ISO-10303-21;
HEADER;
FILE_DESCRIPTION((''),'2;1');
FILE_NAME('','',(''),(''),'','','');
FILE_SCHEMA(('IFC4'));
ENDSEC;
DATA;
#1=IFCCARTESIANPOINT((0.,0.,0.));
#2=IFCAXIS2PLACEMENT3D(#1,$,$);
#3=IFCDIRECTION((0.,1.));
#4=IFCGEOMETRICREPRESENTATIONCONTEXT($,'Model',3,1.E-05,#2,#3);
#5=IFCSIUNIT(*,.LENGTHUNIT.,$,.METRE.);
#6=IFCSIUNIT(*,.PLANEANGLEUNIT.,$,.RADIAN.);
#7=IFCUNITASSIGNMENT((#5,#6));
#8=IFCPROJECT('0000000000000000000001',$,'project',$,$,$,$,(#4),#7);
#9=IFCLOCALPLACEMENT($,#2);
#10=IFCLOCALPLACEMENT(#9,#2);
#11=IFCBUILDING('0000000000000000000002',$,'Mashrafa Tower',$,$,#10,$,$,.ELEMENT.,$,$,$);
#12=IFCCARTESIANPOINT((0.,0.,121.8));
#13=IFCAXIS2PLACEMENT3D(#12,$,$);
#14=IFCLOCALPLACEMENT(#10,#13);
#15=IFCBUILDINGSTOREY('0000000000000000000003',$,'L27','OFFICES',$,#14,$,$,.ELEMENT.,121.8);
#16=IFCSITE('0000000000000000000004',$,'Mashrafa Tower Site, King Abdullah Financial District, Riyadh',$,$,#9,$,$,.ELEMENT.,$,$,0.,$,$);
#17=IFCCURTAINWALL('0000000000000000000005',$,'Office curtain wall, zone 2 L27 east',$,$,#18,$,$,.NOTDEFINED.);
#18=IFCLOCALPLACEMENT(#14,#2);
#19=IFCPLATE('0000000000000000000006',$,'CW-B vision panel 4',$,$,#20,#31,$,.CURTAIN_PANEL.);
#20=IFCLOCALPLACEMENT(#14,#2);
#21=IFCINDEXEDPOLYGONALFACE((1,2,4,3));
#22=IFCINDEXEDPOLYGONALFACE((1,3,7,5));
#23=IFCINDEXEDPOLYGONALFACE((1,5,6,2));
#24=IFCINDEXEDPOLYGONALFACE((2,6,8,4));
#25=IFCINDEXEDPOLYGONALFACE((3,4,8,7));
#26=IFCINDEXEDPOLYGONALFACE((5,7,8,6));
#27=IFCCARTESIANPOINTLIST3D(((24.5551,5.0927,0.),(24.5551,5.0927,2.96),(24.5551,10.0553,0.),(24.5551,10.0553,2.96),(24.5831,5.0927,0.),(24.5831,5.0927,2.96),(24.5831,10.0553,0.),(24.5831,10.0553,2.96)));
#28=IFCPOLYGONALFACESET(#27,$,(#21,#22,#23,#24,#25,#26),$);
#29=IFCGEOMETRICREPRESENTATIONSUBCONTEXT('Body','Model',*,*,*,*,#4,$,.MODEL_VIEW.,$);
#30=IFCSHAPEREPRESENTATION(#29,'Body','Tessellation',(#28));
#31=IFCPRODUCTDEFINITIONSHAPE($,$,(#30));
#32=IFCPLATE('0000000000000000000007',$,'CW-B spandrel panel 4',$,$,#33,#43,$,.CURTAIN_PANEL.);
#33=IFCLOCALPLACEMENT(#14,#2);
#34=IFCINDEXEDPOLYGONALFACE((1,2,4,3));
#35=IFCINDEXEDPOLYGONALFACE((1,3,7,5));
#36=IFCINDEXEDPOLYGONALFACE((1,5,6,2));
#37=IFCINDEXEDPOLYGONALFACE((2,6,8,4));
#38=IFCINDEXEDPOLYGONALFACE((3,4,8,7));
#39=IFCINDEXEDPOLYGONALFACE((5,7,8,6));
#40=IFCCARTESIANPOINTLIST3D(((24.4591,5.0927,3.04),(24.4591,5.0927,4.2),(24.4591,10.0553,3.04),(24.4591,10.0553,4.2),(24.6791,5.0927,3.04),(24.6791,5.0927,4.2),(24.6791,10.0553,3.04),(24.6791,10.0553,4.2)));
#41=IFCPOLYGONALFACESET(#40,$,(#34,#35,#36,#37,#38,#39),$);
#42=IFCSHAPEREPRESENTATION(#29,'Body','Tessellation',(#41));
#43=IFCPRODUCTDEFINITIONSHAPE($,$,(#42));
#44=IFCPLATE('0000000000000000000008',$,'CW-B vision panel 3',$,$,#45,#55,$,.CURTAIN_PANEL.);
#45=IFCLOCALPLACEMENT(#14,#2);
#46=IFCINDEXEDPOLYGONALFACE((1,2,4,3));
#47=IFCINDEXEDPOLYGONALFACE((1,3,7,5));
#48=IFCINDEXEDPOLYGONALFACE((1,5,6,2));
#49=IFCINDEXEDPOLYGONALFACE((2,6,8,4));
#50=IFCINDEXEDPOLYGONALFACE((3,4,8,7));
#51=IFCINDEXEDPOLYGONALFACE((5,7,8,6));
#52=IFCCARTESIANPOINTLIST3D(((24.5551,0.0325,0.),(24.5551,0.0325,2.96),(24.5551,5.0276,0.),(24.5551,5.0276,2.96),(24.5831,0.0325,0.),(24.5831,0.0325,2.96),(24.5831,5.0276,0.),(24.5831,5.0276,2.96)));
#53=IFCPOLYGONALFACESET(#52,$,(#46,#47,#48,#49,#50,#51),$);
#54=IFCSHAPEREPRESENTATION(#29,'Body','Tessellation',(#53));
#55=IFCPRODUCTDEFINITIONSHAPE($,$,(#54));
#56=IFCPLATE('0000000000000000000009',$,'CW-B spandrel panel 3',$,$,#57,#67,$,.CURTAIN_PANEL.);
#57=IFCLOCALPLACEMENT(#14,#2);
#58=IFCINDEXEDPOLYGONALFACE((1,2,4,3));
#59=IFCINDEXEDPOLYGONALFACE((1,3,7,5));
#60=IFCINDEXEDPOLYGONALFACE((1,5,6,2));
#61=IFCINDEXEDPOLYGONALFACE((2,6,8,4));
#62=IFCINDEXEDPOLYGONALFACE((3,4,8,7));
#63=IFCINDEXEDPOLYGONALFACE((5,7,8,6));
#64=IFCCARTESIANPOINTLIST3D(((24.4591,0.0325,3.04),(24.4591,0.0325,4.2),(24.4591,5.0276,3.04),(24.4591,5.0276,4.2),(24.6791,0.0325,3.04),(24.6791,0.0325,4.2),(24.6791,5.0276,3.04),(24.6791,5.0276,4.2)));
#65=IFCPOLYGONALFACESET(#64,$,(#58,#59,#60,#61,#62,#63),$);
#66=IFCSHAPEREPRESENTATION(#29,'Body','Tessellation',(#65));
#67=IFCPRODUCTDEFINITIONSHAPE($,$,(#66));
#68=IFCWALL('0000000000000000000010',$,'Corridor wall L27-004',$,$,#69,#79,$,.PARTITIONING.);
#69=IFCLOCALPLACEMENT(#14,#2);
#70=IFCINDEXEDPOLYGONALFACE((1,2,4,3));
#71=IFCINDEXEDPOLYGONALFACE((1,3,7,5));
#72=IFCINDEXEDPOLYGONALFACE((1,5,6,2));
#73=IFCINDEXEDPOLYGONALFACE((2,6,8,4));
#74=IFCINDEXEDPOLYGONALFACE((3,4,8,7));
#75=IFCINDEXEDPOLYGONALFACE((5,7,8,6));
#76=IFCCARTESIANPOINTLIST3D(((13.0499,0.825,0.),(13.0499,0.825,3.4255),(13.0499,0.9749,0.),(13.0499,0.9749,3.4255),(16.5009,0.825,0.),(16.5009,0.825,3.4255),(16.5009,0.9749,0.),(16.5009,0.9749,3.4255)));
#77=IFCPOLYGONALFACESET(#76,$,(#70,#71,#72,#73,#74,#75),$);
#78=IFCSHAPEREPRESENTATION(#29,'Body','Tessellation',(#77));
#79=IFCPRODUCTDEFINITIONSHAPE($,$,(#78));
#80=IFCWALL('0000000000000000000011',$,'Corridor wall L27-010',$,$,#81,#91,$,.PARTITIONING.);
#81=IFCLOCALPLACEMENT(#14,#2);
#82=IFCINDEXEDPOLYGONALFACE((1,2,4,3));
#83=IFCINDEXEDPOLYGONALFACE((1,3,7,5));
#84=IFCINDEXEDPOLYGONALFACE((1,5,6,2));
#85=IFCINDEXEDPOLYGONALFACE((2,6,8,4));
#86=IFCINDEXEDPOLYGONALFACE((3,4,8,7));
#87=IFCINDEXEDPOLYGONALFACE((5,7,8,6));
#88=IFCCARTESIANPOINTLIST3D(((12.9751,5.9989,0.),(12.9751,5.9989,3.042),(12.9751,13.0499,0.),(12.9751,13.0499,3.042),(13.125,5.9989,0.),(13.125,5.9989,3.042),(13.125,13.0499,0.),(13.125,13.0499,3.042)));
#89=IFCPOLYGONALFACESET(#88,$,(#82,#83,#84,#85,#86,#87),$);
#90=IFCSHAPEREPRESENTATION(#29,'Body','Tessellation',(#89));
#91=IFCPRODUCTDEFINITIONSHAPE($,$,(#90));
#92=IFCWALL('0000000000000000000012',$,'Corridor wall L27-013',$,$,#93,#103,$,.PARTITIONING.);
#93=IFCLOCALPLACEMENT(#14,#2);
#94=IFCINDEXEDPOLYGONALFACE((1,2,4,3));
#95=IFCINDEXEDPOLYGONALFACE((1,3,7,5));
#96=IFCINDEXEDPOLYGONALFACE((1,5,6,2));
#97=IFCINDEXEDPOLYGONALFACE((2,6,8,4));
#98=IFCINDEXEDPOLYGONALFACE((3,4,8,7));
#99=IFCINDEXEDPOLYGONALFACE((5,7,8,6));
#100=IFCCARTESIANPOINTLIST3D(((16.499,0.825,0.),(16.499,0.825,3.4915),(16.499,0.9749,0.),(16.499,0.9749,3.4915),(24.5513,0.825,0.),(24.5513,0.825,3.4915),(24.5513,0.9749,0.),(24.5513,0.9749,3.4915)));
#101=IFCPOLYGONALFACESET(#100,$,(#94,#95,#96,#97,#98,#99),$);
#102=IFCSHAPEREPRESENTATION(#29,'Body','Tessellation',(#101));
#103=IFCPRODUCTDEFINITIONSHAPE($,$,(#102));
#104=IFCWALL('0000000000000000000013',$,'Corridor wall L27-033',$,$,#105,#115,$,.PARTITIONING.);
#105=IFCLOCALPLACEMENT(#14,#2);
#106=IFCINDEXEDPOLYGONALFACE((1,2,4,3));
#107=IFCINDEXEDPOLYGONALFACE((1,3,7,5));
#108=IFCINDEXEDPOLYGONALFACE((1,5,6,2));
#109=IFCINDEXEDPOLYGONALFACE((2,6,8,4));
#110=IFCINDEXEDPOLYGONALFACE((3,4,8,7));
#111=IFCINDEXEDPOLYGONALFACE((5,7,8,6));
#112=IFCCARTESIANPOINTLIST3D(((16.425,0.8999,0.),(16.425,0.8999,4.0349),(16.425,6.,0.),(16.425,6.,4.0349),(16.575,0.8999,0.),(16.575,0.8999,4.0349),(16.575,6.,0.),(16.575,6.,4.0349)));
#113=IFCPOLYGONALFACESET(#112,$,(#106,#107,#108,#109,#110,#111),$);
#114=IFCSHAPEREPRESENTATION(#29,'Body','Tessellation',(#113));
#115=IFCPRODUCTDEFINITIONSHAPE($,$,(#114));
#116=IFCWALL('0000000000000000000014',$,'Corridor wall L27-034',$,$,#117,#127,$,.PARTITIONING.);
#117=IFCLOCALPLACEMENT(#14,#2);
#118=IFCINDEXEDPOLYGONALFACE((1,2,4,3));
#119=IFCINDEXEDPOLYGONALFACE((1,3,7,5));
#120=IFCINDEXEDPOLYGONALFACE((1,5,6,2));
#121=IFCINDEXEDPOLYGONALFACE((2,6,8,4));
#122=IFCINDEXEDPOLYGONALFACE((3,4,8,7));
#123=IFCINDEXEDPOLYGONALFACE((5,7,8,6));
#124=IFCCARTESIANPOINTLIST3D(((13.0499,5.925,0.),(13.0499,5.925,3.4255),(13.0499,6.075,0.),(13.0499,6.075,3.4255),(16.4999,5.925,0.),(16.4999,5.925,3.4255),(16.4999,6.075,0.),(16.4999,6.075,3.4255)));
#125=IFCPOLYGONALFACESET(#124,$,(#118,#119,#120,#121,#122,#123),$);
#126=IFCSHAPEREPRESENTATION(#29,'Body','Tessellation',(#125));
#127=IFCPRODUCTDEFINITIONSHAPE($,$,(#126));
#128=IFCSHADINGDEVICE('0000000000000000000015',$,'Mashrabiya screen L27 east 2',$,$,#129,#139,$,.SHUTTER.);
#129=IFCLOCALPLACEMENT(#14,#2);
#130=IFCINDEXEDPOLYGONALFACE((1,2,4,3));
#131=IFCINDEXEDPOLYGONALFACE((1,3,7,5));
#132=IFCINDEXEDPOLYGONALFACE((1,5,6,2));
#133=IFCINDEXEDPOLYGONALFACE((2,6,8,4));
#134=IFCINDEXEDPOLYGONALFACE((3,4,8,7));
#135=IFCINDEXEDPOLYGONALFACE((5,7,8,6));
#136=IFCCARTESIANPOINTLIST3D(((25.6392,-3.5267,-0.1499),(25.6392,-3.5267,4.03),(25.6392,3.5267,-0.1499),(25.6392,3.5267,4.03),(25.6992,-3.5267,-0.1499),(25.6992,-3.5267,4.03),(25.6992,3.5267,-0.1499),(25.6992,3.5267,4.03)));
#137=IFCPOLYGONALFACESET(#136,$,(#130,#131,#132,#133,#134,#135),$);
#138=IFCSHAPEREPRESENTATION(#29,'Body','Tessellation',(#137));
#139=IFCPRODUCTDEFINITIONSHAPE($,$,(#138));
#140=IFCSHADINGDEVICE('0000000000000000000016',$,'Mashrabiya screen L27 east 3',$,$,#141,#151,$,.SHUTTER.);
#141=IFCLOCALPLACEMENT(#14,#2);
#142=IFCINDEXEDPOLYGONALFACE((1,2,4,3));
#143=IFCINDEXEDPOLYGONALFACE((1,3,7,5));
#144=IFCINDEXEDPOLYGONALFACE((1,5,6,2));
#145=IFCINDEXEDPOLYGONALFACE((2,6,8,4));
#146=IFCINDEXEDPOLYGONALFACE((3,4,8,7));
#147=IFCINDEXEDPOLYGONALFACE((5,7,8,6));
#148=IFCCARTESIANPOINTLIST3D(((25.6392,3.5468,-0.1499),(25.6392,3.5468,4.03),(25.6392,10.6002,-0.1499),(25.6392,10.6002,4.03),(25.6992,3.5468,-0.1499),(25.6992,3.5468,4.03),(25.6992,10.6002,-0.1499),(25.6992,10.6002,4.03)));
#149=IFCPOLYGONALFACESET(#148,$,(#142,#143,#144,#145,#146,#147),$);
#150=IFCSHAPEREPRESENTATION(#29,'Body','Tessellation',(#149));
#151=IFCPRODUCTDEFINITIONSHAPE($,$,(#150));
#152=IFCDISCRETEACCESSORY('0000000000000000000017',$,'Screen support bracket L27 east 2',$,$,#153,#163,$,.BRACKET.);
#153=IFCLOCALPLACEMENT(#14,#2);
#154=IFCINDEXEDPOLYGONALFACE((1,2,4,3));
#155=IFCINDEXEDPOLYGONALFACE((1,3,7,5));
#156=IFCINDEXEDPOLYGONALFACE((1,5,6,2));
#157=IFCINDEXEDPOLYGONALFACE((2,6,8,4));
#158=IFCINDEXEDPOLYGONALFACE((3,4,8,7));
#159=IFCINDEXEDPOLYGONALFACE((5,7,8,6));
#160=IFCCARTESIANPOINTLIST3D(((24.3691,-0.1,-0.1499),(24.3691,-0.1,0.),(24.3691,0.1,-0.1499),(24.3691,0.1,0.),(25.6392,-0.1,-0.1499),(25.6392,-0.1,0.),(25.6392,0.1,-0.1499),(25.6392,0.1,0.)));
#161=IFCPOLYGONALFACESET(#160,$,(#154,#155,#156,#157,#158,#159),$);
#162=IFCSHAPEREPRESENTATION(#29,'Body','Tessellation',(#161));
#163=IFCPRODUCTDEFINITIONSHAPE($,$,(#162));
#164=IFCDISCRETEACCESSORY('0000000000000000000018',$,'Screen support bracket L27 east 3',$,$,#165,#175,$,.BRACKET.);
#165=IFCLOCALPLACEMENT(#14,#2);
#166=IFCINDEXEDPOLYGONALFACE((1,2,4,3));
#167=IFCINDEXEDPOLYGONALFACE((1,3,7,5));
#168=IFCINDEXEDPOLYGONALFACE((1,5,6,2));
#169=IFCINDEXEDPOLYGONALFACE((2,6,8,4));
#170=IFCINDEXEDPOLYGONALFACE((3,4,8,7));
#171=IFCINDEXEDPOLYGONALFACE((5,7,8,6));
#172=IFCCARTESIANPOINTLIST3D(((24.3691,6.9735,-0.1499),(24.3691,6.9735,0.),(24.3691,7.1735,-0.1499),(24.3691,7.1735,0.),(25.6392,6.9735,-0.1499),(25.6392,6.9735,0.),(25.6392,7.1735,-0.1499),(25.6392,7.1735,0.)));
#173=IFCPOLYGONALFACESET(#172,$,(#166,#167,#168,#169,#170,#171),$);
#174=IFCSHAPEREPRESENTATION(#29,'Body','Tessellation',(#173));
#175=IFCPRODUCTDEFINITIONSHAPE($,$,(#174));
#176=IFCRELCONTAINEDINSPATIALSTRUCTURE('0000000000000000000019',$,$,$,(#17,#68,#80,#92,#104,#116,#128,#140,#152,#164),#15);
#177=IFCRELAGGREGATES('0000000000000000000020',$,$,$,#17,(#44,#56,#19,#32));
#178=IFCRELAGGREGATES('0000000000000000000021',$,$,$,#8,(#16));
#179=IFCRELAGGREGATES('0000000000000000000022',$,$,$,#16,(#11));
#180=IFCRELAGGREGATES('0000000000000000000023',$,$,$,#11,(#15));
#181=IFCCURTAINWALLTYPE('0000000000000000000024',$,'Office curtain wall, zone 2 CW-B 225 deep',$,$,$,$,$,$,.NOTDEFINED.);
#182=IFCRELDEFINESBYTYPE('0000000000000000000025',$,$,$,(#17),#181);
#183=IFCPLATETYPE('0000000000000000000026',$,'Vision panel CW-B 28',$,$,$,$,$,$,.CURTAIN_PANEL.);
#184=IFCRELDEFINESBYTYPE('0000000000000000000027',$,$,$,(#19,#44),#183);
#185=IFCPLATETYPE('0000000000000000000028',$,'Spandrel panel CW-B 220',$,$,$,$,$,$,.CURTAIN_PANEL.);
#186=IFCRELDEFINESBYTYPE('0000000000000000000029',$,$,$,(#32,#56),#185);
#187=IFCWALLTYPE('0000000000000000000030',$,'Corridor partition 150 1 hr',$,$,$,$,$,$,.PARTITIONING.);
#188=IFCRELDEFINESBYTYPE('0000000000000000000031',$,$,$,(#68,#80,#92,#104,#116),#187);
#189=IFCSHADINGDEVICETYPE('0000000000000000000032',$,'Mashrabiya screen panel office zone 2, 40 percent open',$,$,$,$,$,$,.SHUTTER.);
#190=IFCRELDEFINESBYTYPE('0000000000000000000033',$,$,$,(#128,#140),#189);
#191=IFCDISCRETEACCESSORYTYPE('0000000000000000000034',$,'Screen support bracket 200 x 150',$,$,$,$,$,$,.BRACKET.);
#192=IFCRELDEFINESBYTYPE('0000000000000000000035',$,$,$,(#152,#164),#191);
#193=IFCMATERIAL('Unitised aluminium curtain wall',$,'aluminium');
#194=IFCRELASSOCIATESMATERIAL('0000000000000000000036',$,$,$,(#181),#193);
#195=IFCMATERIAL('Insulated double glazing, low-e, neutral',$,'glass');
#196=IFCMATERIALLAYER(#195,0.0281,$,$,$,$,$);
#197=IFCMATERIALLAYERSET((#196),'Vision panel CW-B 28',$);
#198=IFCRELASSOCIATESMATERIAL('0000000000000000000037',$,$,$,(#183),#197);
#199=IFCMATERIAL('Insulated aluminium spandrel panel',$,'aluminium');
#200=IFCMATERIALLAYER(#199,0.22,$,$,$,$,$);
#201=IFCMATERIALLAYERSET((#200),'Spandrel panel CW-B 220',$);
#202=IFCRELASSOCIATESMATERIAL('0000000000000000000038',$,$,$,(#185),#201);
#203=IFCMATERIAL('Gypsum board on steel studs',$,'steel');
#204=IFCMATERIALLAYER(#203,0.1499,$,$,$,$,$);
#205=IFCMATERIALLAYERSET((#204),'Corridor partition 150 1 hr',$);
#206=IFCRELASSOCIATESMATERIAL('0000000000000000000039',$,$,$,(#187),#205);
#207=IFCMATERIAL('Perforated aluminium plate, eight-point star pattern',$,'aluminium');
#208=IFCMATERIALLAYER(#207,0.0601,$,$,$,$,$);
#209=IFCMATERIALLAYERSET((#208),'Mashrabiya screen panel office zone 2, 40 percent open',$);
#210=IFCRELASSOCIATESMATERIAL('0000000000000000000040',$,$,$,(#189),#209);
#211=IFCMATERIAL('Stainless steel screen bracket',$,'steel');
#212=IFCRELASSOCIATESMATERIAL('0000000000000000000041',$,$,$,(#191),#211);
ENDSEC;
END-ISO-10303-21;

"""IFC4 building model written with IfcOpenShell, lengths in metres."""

from ifc_helpers import new_model, si_unit, direction, frame, frame_2d, origin, origin_2d, place, context, subcontext, project, spatial, rectangle, extrude, source, transform, mapped, material, layer, layer_set, type_object, type_shapes, element, aggregate, save


model = new_model("IFC4")

# Units and contexts
model_context = context("Model", 3, precision=1e-05, world=origin(), true_north=direction((0.0, 1.0)))
body_context = subcontext(model_context, "Body", "Model", "MODEL_VIEW")
ifc_project = project(units=[si_unit("LENGTHUNIT", "METRE"), si_unit("PLANEANGLEUNIT", "RADIAN")], contexts=[model_context])

# Site, building, storey
site_placement = place(None, origin())
site = spatial("IfcSite", under=ifc_project, at=site_placement, Name="Mashrafa Tower Site, King Abdullah Financial District, Riyadh", CompositionType="ELEMENT", RefElevation=0.0)
building_placement = place(site_placement, origin())
building = spatial("IfcBuilding", under=site, at=building_placement, Name="Mashrafa Tower", CompositionType="ELEMENT")
storey_placement = place(building_placement, frame((0.0, 0.0, 121.8)))
storey = spatial("IfcBuildingStorey", under=building, at=storey_placement, Name="L27", Description="OFFICES", CompositionType="ELEMENT", Elevation=121.8)

# Curtain wall
ifc_material_1 = material(Name="Unitised aluminium curtain wall", Category="aluminium")
curtain_wall_type = type_object("IfcCurtainWallType", Name="Office curtain wall, zone 2 CW-B 225 deep", PredefinedType="NOTDEFINED", material=ifc_material_1)
curtain_wall_1_placement = place(storey_placement, origin())
curtain_wall_1 = element("IfcCurtainWall", 1, at=curtain_wall_1_placement, inside=storey, type_object=curtain_wall_type, Name="Office curtain wall, zone 2 L27 east", PredefinedType="NOTDEFINED")

# Plates
ifc_material_2 = material(Name="Insulated double glazing, low-e, neutral", Category="glass")
ifc_layer_1 = layer(ifc_material_2, 0.0281)
ifc_layer_set_1 = layer_set([ifc_layer_1], Name="Vision panel CW-B 28")
plate_type_1 = type_object("IfcPlateType", Name="Vision panel CW-B 28", PredefinedType="CURTAIN_PANEL", material=ifc_layer_set_1)
shared_shape_1 = source(origin(), body_context, "Body", "SweptSolid", [
    extrude(rectangle(XDim=4.9626, YDim=0.0281, at=origin_2d()), origin(), (0.0, 0.0, 1.0), 2.96),
])
plate_1_placement = place(storey_placement, frame((24.5691, 7.574, 0.0), z_axis=(0.0, 0.0, 1.0), x_axis=(0.0, 1.0, 0.0)))
plate_1 = element("IfcPlate", 2, at=plate_1_placement, type_object=plate_type_1, Name="CW-B vision panel 4", PredefinedType="CURTAIN_PANEL", context=body_context, shape_type="MappedRepresentation", body=[
    mapped(shared_shape_1, transform((0.0, 0.0, 0.0))),
])
ifc_material_3 = material(Name="Insulated aluminium spandrel panel", Category="aluminium")
ifc_layer_2 = layer(ifc_material_3, 0.22)
ifc_layer_set_2 = layer_set([ifc_layer_2], Name="Spandrel panel CW-B 220")
plate_type_2 = type_object("IfcPlateType", Name="Spandrel panel CW-B 220", PredefinedType="CURTAIN_PANEL", material=ifc_layer_set_2)
shared_shape_2 = source(origin(), body_context, "Body", "SweptSolid", [
    extrude(rectangle(XDim=4.9626, YDim=0.22, at=origin_2d()), origin(), (0.0, 0.0, 1.0), 1.1599),
])
plate_2_placement = place(storey_placement, frame((24.5691, 7.574, 3.04), z_axis=(0.0, 0.0, 1.0), x_axis=(0.0, 1.0, 0.0)))
plate_2 = element("IfcPlate", 3, at=plate_2_placement, type_object=plate_type_2, Name="CW-B spandrel panel 4", PredefinedType="CURTAIN_PANEL", context=body_context, shape_type="MappedRepresentation", body=[
    mapped(shared_shape_2, transform((0.0, 0.0, 0.0))),
])
shared_shape_3 = source(origin(), body_context, "Body", "SweptSolid", [
    extrude(rectangle(XDim=4.9951, YDim=0.0281, at=origin_2d()), origin(), (0.0, 0.0, 1.0), 2.96),
])
type_shapes(plate_type_1, [shared_shape_1, shared_shape_3])
plate_3_placement = place(storey_placement, frame((24.5691, 2.53, 0.0), z_axis=(0.0, 0.0, 1.0), x_axis=(0.0, 1.0, 0.0)))
plate_3 = element("IfcPlate", 4, at=plate_3_placement, type_object=plate_type_1, Name="CW-B vision panel 3", PredefinedType="CURTAIN_PANEL", context=body_context, shape_type="MappedRepresentation", body=[
    mapped(shared_shape_3, transform((0.0, 0.0, 0.0))),
])
shared_shape_4 = source(origin(), body_context, "Body", "SweptSolid", [
    extrude(rectangle(XDim=4.9951, YDim=0.22, at=origin_2d()), origin(), (0.0, 0.0, 1.0), 1.1599),
])
type_shapes(plate_type_2, [shared_shape_2, shared_shape_4])
plate_4_placement = place(storey_placement, frame((24.5691, 2.53, 3.04), z_axis=(0.0, 0.0, 1.0), x_axis=(0.0, 1.0, 0.0)))
plate_4 = element("IfcPlate", 5, at=plate_4_placement, type_object=plate_type_2, Name="CW-B spandrel panel 3", PredefinedType="CURTAIN_PANEL", context=body_context, shape_type="MappedRepresentation", body=[
    mapped(shared_shape_4, transform((0.0, 0.0, 0.0))),
])
aggregate(curtain_wall_1, [plate_3, plate_4, plate_1, plate_2])

# Wall
ifc_material_4 = material(Name="Gypsum board on steel studs", Category="steel")
ifc_layer_3 = layer(ifc_material_4, 0.1499)
ifc_layer_set_3 = layer_set([ifc_layer_3], Name="Corridor partition 150 1 hr")
wall_type = type_object("IfcWallType", Name="Corridor partition 150 1 hr", PredefinedType="PARTITIONING", material=ifc_layer_set_3)
wall_1_placement = place(storey_placement, frame((16.501, 0.8999, 0.0), z_axis=(0.0, 0.0, 1.0), x_axis=(-1.0, 0.0, 0.0)))
element("IfcWall", 6, at=wall_1_placement, inside=storey, type_object=wall_type, Name="Corridor wall L27-004", PredefinedType="PARTITIONING", context=body_context, shape_type="SweptSolid", body=[
    extrude(rectangle(XDim=3.4509, YDim=0.1499, at=frame_2d((1.7256, 0.0))), origin(), (0.0, 0.0, 1.0), 3.4255),
])

# Walls
wall_2_placement = place(storey_placement, frame((13.05, 5.999, 0.0), z_axis=(0.0, 0.0, 1.0), x_axis=(0.0, 1.0, 0.0)))
element("IfcWall", 7, at=wall_2_placement, inside=storey, type_object=wall_type, Name="Corridor wall L27-010", PredefinedType="PARTITIONING", context=body_context, shape_type="SweptSolid", body=[
    extrude(rectangle(XDim=7.051, YDim=0.1499, at=frame_2d((3.5254, 0.0))), origin(), (0.0, 0.0, 1.0), 3.042),
])
wall_3_placement = place(storey_placement, frame((24.5513, 0.8999, 0.0), z_axis=(0.0, 0.0, 1.0), x_axis=(-1.0, 0.0, 0.0)))
element("IfcWall", 8, at=wall_3_placement, inside=storey, type_object=wall_type, Name="Corridor wall L27-013", PredefinedType="PARTITIONING", context=body_context, shape_type="SweptSolid", body=[
    extrude(rectangle(XDim=8.0522, YDim=0.1499, at=frame_2d((4.0261, 0.0))), origin(), (0.0, 0.0, 1.0), 3.4915),
])
wall_4_placement = place(storey_placement, frame((16.5, 0.8999, 0.0), z_axis=(0.0, 0.0, 1.0), x_axis=(0.0, 1.0, 0.0)))
element("IfcWall", 9, at=wall_4_placement, inside=storey, type_object=wall_type, Name="Corridor wall L27-033", PredefinedType="PARTITIONING", context=body_context, shape_type="SweptSolid", body=[
    extrude(rectangle(XDim=5.1001, YDim=0.1499, at=frame_2d((2.55, 0.0))), origin(), (0.0, 0.0, 1.0), 4.0349),
])
wall_5_placement = place(storey_placement, frame((16.5, 6.0, 0.0), z_axis=(0.0, 0.0, 1.0), x_axis=(-1.0, 0.0, 0.0)))
element("IfcWall", 10, at=wall_5_placement, inside=storey, type_object=wall_type, Name="Corridor wall L27-034", PredefinedType="PARTITIONING", context=body_context, shape_type="SweptSolid", body=[
    extrude(rectangle(XDim=3.45, YDim=0.1499, at=frame_2d((1.7251, 0.0))), origin(), (0.0, 0.0, 1.0), 3.4255),
])

# Shading devices
ifc_material_5 = material(Name="Perforated aluminium plate, eight-point star pattern", Category="aluminium")
ifc_layer_4 = layer(ifc_material_5, 0.0601)
ifc_layer_set_4 = layer_set([ifc_layer_4], Name="Mashrabiya screen panel office zone 2, 40 percent open")
shading_device_type = type_object("IfcShadingDeviceType", Name="Mashrabiya screen panel office zone 2, 40 percent open", PredefinedType="SHUTTER", material=ifc_layer_set_4)
shared_shape_5 = source(origin(), body_context, "Body", "SweptSolid", [
    extrude(rectangle(XDim=7.0535, YDim=0.0601, at=origin_2d()), origin(), (0.0, 0.0, 1.0), 4.1799),
])
type_shapes(shading_device_type, [shared_shape_5])
for number, where, z_axis, x_axis, name in (
    (11, (25.6692, 0.0, -0.1499), (0.0, 0.0, 1.0), (0.0, 1.0, 0.0), "Mashrabiya screen L27 east 2"),
    (12, (25.6692, 7.0735, -0.1499), (0.0, 0.0, 1.0), (0.0, 1.0, 0.0), "Mashrabiya screen L27 east 3"),
):
    element("IfcShadingDevice", number, at=place(storey_placement, frame(where, z_axis=z_axis, x_axis=x_axis)), inside=storey, type_object=shading_device_type, Name=name, PredefinedType="SHUTTER", context=body_context, shape_type="MappedRepresentation", body=[
        mapped(shared_shape_5, transform((0.0, 0.0, 0.0))),
    ])

# Discrete accessories
ifc_material_6 = material(Name="Stainless steel screen bracket", Category="steel")
discrete_accessory_type = type_object("IfcDiscreteAccessoryType", Name="Screen support bracket 200 x 150", PredefinedType="BRACKET", material=ifc_material_6)
shared_shape_6 = source(origin(), body_context, "Body", "SweptSolid", [
    extrude(rectangle(XDim=0.2, YDim=1.27, at=origin_2d()), origin(), (0.0, 0.0, 1.0), 0.1499),
])
type_shapes(discrete_accessory_type, [shared_shape_6])
for number, where, z_axis, x_axis, name in (
    (13, (25.0042, 0.0, -0.1499), (0.0, 0.0, 1.0), (0.0, 1.0, 0.0), "Screen support bracket L27 east 2"),
    (14, (25.0042, 7.0735, -0.1499), (0.0, 0.0, 1.0), (0.0, 1.0, 0.0), "Screen support bracket L27 east 3"),
):
    element("IfcDiscreteAccessory", number, at=place(storey_placement, frame(where, z_axis=z_axis, x_axis=x_axis)), inside=storey, type_object=discrete_accessory_type, Name=name, PredefinedType="BRACKET", context=body_context, shape_type="MappedRepresentation", body=[
        mapped(shared_shape_6, transform((0.0, 0.0, 0.0))),
    ])

save(model, "model.ifc")
